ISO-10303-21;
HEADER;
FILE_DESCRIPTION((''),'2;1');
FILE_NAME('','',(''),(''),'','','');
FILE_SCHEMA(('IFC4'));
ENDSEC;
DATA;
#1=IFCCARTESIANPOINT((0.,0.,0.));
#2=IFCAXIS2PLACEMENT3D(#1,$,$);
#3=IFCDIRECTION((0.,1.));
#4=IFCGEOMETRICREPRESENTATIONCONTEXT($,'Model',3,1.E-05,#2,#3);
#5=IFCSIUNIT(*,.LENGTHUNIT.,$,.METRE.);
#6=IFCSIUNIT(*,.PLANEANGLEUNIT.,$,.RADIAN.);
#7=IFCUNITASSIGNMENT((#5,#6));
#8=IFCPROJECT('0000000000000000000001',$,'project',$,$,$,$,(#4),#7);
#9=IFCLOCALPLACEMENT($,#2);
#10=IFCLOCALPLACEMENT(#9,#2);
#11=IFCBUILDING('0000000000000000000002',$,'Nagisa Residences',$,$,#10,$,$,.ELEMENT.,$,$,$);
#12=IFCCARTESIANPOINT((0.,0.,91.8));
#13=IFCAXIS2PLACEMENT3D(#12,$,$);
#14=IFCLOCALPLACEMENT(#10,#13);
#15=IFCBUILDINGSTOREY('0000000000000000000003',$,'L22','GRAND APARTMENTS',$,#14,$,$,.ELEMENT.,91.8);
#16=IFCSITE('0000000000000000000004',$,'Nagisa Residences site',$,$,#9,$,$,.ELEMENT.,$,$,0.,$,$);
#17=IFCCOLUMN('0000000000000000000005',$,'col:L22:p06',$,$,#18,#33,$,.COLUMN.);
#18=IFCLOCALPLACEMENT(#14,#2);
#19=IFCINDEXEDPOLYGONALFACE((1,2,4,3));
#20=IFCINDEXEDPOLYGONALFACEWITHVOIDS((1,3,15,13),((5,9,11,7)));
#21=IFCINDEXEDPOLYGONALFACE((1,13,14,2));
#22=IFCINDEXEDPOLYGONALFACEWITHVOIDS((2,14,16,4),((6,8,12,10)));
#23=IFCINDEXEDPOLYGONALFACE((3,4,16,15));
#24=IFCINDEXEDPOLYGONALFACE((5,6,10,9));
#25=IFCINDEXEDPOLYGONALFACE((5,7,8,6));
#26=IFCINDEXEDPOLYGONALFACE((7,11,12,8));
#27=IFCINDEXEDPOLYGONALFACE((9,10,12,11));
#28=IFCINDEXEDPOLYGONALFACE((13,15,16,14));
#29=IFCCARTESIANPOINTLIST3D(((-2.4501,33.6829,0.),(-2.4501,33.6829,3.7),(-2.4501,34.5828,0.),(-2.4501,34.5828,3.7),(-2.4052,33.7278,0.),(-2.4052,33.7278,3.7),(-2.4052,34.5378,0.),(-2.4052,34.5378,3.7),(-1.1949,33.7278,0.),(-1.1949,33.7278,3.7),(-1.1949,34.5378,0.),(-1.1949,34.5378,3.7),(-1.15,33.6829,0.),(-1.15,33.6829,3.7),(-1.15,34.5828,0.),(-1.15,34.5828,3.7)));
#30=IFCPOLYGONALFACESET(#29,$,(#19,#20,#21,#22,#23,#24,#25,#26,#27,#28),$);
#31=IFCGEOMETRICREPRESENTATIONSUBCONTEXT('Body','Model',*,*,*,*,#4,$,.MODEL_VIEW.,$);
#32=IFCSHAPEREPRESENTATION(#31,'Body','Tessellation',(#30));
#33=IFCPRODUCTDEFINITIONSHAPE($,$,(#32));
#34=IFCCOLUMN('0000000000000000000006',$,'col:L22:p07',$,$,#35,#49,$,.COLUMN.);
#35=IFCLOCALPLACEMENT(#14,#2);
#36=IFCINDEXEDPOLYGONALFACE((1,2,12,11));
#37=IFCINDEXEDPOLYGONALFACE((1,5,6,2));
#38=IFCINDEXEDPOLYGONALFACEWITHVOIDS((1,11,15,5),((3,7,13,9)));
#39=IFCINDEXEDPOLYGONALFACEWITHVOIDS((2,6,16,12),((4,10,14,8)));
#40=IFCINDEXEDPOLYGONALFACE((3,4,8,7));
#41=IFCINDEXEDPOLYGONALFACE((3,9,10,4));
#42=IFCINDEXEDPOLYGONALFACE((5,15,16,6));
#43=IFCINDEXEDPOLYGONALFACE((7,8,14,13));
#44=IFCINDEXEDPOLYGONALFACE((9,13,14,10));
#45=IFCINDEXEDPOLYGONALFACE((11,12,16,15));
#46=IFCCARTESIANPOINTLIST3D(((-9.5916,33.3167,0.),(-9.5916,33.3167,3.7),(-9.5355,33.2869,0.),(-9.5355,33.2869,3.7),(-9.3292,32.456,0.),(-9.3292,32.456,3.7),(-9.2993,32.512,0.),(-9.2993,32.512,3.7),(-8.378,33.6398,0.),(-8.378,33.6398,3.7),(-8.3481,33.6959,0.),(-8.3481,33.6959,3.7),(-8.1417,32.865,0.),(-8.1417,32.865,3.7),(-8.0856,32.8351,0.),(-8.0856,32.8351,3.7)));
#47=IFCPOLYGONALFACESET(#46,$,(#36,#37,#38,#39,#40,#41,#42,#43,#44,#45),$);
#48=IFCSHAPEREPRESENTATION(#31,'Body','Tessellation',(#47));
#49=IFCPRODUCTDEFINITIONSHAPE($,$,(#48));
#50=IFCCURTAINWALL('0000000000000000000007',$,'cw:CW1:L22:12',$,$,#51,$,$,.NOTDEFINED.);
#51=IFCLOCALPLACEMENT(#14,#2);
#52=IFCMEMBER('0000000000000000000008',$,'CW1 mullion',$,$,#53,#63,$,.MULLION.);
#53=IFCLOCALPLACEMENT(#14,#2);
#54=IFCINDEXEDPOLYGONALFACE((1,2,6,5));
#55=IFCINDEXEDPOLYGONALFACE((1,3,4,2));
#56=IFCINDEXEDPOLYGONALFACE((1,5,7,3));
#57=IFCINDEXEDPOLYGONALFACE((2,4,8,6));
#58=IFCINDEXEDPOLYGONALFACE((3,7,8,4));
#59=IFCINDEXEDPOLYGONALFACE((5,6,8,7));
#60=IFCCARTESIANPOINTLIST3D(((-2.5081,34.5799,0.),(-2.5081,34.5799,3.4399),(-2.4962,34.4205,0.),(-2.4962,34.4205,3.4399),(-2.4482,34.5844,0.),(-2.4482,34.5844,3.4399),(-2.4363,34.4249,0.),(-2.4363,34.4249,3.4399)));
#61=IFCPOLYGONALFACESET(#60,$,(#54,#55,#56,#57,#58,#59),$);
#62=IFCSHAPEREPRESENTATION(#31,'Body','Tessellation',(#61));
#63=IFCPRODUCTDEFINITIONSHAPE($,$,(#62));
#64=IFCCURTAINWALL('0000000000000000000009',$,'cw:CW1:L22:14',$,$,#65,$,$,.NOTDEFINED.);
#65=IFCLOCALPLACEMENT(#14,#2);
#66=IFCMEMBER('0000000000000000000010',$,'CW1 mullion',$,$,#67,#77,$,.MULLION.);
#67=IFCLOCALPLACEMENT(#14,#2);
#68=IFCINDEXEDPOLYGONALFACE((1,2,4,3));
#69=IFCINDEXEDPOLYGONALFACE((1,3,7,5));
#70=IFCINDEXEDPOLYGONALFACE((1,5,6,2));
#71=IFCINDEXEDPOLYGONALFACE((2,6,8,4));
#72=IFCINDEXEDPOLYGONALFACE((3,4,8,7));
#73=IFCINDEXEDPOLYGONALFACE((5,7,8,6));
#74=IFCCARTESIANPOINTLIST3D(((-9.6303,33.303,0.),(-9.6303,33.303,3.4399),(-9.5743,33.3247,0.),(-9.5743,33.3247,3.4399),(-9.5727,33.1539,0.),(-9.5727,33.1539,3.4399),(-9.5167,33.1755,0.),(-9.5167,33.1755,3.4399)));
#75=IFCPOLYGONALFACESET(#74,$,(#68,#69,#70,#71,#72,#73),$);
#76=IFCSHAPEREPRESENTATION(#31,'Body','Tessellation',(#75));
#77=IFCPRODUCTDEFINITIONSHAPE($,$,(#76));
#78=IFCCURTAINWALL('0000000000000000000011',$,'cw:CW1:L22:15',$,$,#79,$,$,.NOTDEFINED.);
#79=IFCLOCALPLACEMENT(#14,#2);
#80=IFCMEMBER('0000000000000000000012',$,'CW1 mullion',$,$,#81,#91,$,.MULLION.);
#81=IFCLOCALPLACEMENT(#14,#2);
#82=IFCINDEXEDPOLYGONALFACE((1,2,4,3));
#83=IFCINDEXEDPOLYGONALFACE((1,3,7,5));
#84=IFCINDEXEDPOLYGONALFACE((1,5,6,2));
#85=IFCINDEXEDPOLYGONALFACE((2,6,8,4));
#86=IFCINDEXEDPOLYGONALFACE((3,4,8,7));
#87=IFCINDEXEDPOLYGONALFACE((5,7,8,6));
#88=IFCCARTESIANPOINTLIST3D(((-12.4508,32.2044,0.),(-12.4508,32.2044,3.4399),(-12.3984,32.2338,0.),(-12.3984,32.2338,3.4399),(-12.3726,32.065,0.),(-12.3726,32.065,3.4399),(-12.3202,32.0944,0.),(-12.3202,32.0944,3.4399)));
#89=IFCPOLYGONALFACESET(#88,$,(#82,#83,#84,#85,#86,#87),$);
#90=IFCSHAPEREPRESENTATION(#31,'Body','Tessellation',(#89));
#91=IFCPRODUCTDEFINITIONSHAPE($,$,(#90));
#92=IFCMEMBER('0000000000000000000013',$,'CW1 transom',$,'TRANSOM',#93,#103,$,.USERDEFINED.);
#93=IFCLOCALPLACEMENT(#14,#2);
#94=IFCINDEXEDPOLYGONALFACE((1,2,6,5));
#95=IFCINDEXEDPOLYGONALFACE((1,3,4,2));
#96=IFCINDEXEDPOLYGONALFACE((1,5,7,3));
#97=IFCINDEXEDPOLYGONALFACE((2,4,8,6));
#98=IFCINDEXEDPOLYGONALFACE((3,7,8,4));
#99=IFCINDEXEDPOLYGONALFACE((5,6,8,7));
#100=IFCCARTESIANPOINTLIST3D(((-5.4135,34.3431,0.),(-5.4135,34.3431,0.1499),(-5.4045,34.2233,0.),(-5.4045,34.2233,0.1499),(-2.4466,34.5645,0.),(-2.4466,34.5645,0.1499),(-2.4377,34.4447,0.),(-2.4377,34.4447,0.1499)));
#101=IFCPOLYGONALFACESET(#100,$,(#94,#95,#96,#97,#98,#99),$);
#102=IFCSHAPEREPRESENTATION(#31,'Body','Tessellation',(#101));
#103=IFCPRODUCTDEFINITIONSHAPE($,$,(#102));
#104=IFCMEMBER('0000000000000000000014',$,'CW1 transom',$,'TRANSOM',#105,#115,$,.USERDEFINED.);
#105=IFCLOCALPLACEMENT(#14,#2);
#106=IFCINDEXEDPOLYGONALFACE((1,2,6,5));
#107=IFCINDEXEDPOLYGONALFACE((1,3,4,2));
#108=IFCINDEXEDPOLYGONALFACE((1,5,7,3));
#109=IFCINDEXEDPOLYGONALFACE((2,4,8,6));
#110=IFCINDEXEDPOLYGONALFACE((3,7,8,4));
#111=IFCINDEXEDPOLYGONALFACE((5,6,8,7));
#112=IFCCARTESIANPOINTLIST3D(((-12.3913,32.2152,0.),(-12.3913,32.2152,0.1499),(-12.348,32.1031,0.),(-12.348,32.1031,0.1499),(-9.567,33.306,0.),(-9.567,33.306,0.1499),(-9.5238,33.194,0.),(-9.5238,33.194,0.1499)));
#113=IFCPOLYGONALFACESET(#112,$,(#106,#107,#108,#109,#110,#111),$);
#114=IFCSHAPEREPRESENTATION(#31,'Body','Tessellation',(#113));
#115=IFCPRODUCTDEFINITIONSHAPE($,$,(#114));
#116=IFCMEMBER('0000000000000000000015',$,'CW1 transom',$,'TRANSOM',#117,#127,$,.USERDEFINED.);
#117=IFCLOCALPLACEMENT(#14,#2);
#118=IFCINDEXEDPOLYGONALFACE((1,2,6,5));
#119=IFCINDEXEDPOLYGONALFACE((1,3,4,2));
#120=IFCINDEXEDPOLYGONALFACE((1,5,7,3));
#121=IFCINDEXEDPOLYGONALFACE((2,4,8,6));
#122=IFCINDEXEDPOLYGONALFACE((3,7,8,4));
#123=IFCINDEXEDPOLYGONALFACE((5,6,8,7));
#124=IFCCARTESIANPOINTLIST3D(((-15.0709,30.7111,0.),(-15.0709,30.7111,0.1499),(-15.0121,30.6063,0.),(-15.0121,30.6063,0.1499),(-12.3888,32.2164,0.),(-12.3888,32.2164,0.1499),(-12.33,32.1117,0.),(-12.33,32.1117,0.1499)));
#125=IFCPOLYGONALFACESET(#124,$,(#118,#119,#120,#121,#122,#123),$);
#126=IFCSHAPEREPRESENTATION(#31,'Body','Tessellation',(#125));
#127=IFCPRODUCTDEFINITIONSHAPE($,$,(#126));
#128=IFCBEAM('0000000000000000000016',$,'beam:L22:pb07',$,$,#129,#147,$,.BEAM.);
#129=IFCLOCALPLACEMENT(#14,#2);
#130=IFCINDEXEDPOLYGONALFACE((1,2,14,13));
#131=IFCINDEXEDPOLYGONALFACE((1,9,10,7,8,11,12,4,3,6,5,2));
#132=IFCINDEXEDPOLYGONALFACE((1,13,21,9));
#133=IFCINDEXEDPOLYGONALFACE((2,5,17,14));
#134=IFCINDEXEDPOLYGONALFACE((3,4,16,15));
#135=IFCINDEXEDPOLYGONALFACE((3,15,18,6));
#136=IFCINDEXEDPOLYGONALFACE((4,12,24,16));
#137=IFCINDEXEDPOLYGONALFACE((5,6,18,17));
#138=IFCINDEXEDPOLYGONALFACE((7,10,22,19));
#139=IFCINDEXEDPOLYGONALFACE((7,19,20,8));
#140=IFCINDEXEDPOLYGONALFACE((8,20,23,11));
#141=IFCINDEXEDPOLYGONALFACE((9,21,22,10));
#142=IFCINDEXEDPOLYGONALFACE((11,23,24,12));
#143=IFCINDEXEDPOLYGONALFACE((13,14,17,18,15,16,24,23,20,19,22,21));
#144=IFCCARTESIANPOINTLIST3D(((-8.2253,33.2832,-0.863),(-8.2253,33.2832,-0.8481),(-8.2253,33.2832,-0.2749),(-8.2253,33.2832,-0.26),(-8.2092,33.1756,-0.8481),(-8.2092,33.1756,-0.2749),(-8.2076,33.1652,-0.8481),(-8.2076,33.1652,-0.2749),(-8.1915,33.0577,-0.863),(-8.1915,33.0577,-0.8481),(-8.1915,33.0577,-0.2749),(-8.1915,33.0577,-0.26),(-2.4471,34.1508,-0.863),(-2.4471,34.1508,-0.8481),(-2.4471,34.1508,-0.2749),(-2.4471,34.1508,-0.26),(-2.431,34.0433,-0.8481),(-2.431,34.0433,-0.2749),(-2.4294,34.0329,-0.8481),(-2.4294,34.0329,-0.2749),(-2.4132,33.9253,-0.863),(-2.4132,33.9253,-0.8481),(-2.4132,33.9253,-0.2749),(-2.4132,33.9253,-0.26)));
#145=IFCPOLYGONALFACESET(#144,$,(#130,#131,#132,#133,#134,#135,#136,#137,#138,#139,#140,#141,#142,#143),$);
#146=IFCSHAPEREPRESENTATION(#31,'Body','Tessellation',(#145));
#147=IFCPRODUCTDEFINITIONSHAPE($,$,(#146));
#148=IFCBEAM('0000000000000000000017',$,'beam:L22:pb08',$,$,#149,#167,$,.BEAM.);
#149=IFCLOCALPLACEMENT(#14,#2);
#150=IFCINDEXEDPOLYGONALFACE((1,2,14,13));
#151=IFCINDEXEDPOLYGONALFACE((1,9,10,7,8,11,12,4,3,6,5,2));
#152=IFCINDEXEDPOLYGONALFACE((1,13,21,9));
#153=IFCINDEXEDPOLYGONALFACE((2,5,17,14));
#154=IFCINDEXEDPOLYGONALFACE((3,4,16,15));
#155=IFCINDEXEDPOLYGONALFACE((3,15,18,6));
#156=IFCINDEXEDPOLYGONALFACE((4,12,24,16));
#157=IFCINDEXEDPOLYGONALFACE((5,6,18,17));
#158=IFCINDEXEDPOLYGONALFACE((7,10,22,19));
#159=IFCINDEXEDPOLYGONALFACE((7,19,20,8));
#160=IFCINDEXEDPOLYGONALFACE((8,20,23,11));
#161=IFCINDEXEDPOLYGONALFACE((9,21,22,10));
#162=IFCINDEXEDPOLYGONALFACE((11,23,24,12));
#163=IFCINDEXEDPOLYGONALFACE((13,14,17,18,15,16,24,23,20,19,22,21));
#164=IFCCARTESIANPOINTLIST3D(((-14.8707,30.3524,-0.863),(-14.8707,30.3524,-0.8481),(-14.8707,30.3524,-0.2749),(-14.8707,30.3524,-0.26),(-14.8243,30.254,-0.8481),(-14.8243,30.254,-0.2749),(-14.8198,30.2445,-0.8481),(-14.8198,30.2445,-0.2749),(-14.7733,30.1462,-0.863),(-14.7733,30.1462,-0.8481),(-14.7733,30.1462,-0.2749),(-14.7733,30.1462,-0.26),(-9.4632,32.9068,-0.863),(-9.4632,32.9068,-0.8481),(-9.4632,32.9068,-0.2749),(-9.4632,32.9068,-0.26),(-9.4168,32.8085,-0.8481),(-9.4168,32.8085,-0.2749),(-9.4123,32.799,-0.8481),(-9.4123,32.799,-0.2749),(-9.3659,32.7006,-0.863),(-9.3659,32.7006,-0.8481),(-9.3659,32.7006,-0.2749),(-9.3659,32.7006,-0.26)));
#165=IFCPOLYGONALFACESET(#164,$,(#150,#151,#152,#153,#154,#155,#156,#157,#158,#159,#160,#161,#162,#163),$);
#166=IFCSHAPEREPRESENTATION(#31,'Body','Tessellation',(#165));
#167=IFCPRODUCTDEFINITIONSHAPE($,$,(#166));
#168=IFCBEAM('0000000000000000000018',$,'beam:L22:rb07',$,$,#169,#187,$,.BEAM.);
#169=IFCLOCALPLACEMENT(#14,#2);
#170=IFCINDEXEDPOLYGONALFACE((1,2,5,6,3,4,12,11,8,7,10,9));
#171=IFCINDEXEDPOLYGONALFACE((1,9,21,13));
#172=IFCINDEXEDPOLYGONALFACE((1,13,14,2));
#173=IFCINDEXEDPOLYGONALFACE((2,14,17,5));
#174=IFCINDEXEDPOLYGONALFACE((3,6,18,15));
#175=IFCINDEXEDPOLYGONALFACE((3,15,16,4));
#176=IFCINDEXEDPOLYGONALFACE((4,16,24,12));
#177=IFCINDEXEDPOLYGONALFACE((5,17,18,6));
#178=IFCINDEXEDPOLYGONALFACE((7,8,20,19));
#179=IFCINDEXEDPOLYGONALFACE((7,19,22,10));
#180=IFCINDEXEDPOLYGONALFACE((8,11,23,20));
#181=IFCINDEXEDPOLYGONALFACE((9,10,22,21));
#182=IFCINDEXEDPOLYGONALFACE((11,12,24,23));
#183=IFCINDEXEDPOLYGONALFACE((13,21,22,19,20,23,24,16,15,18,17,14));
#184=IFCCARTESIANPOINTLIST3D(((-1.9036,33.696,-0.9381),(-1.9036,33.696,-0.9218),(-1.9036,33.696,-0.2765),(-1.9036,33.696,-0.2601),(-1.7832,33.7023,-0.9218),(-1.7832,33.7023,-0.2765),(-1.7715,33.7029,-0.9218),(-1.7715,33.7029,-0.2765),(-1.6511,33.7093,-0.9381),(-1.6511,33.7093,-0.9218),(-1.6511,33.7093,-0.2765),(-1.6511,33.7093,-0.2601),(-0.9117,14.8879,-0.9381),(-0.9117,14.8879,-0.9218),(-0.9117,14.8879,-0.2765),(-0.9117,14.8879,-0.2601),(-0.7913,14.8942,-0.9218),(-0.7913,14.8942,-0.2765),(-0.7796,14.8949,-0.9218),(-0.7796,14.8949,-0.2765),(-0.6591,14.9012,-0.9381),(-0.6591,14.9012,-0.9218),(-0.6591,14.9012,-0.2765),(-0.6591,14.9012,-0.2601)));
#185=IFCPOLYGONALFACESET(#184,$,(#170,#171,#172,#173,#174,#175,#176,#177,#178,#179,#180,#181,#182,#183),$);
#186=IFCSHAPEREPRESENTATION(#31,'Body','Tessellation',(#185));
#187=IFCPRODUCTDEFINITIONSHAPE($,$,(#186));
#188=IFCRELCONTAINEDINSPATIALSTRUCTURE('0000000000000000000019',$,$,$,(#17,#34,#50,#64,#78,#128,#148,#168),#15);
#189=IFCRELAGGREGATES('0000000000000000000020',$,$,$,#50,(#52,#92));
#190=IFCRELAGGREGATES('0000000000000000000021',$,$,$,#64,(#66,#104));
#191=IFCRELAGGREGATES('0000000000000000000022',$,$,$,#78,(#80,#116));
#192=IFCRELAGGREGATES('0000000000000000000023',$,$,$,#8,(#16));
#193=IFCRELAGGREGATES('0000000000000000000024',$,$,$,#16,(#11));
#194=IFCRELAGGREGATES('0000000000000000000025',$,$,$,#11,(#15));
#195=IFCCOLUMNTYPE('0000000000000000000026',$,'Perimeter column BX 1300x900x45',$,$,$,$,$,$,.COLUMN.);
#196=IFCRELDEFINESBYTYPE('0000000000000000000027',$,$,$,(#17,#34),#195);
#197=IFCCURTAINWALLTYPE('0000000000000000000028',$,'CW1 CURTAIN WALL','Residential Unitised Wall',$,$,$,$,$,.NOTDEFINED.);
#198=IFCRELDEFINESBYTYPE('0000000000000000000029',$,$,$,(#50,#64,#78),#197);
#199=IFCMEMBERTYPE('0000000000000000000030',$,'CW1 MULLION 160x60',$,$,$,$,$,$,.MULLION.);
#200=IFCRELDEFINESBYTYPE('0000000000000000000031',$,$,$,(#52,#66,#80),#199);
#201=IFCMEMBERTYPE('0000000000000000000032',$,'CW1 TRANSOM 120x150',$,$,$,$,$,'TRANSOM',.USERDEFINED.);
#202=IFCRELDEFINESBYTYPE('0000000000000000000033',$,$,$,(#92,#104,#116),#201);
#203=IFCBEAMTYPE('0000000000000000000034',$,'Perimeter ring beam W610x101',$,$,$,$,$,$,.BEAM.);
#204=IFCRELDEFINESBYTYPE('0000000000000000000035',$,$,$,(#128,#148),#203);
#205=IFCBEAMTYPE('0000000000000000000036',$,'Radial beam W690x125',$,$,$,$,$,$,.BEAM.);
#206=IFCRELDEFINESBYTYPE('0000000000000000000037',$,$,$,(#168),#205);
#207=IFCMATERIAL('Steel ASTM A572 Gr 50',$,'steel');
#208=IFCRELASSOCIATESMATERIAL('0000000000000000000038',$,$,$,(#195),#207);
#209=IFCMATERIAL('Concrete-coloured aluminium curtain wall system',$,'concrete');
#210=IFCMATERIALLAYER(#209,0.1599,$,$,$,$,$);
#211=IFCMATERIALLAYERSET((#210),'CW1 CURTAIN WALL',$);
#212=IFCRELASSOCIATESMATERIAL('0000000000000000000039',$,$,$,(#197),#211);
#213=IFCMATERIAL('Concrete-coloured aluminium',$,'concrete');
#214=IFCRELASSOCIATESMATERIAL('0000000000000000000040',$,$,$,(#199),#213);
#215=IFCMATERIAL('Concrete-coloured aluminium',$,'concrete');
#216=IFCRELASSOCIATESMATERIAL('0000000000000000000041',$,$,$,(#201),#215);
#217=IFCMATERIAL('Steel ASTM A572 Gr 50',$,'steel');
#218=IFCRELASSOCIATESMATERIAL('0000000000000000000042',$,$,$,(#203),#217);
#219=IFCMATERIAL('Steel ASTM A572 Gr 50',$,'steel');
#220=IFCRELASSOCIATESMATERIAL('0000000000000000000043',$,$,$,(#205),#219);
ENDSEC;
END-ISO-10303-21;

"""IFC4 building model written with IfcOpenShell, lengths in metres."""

from ifc_helpers import new_model, si_unit, direction, frame, origin, origin_2d, place, context, subcontext, project, spatial, rectangle, hollow_rectangle, i_section, extrude, material, layer, layer_set, material_profile, profile_set, type_object, element, aggregate, save


model = new_model("IFC4")

# Units and contexts
model_context = context("Model", 3, precision=1e-05, world=origin(), true_north=direction((0.0, 1.0)))
body_context = subcontext(model_context, "Body", "Model", "MODEL_VIEW")
ifc_project = project(units=[si_unit("LENGTHUNIT", "METRE"), si_unit("PLANEANGLEUNIT", "RADIAN")], contexts=[model_context])

# Site, building, storey
site_placement = place(None, origin())
site = spatial("IfcSite", under=ifc_project, at=site_placement, Name="Nagisa Residences site", CompositionType="ELEMENT", RefElevation=0.0)
building_placement = place(site_placement, origin())
building = spatial("IfcBuilding", under=site, at=building_placement, Name="Nagisa Residences", CompositionType="ELEMENT")
storey_placement = place(building_placement, frame((0.0, 0.0, 91.8)))
storey = spatial("IfcBuildingStorey", under=building, at=storey_placement, Name="L22", Description="GRAND APARTMENTS", CompositionType="ELEMENT", Elevation=91.8)

# Columns
ifc_material_1 = material(Name="Steel ASTM A572 Gr 50", Category="steel")
ifc_material_profile_1 = material_profile(ifc_material_1, hollow_rectangle(XDim=1.3, YDim=0.8999, WallThickness=0.0449, at=origin_2d()), Name="BX 1300x900x45")
ifc_profile_set_1 = profile_set([ifc_material_profile_1], Name="Steel ASTM A572 Gr 50")
column_type = type_object("IfcColumnType", Name="Perimeter column BX 1300x900x45", PredefinedType="COLUMN", material=ifc_profile_set_1)
for number, where, z_axis, x_axis, name in (
    (1, (-1.8, 34.1328, 0.0), (0.0, 0.0, 1.0), (-1.0, 0.0, 0.0), "col:L22:p06"),
    (2, (-8.8386, 33.0759, 0.0), (0.0, 0.0, 1.0), (-0.956525, -0.291652, 0.0), "col:L22:p07"),
):
    element("IfcColumn", number, at=place(storey_placement, frame(where, z_axis=z_axis, x_axis=x_axis)), inside=storey, type_object=column_type, Name=name, PredefinedType="COLUMN", context=body_context, shape_type="SweptSolid", body=[
        extrude(hollow_rectangle(XDim=1.3, YDim=0.8999, WallThickness=0.0449, at=origin_2d()), origin(), (0.0, 0.0, 1.0), 3.7),
    ])

# Curtain walls, members
ifc_material_2 = material(Name="Concrete-coloured aluminium curtain wall system", Category="concrete")
ifc_layer_1 = layer(ifc_material_2, 0.1599)
ifc_layer_set_1 = layer_set([ifc_layer_1], Name="CW1 CURTAIN WALL")
curtain_wall_type = type_object("IfcCurtainWallType", Name="CW1 CURTAIN WALL", Description="Residential Unitised Wall", PredefinedType="NOTDEFINED", material=ifc_layer_set_1)
curtain_wall_1_placement = place(storey_placement, origin())
curtain_wall_1 = element("IfcCurtainWall", 3, at=curtain_wall_1_placement, inside=storey, type_object=curtain_wall_type, Name="cw:CW1:L22:12", PredefinedType="NOTDEFINED")
ifc_material_3 = material(Name="Concrete-coloured aluminium", Category="concrete")
ifc_material_profile_2 = material_profile(ifc_material_3, rectangle(XDim=0.1599, YDim=0.0601, at=origin_2d()), Name="CW1 MULLION 160x60")
ifc_profile_set_2 = profile_set([ifc_material_profile_2], Name="Concrete-coloured aluminium")
member_type_1 = type_object("IfcMemberType", Name="CW1 MULLION 160x60", PredefinedType="MULLION", material=ifc_profile_set_2)
member_1_placement = place(storey_placement, frame((-2.4722, 34.5024, 0.0), z_axis=(0.0, 0.0, 1.0), x_axis=(0.074377, -0.99723, 0.0)))
member_1 = element("IfcMember", 4, at=member_1_placement, type_object=member_type_1, Name="CW1 mullion", PredefinedType="MULLION", context=body_context, shape_type="SweptSolid", body=[
    extrude(rectangle(XDim=0.1599, YDim=0.0601, at=origin_2d()), origin(), (0.0, 0.0, 1.0), 3.4399),
])
curtain_wall_2_placement = place(storey_placement, origin())
curtain_wall_2 = element("IfcCurtainWall", 5, at=curtain_wall_2_placement, inside=storey, type_object=curtain_wall_type, Name="cw:CW1:L22:14", PredefinedType="NOTDEFINED")
member_2_placement = place(storey_placement, frame((-9.5735, 33.2393, 0.0), z_axis=(0.0, 0.0, 1.0), x_axis=(0.360328, -0.932826, 0.0)))
member_2 = element("IfcMember", 6, at=member_2_placement, type_object=member_type_1, Name="CW1 mullion", PredefinedType="MULLION", context=body_context, shape_type="SweptSolid", body=[
    extrude(rectangle(XDim=0.1599, YDim=0.0601, at=origin_2d()), origin(), (0.0, 0.0, 1.0), 3.4399),
])
curtain_wall_3_placement = place(storey_placement, origin())
curtain_wall_3 = element("IfcCurtainWall", 7, at=curtain_wall_3_placement, inside=storey, type_object=curtain_wall_type, Name="cw:CW1:L22:15", PredefinedType="NOTDEFINED")
member_3_placement = place(storey_placement, frame((-12.3855, 32.1494, 0.0), z_axis=(0.0, 0.0, 1.0), x_axis=(0.489377, -0.872072, 0.0)))
member_3 = element("IfcMember", 8, at=member_3_placement, type_object=member_type_1, Name="CW1 mullion", PredefinedType="MULLION", context=body_context, shape_type="SweptSolid", body=[
    extrude(rectangle(XDim=0.1599, YDim=0.0601, at=origin_2d()), origin(), (0.0, 0.0, 1.0), 3.4399),
])

# Members
ifc_material_4 = material(Name="Concrete-coloured aluminium", Category="concrete")
ifc_material_profile_3 = material_profile(ifc_material_4, rectangle(XDim=0.1201, YDim=0.1499, at=origin_2d()), Name="CW1 TRANSOM 120x150")
ifc_profile_set_3 = profile_set([ifc_material_profile_3], Name="Concrete-coloured aluminium")
member_type_2 = type_object("IfcMemberType", Name="CW1 TRANSOM 120x150", ElementType="TRANSOM", PredefinedType="USERDEFINED", material=ifc_profile_set_3)
member_4_placement = place(storey_placement, frame((-2.4421, 34.5046, 0.075), z_axis=(-0.997226, -0.074431, 0.0), x_axis=(0.074431, -0.997226, 0.0)))
member_4 = element("IfcMember", 9, at=member_4_placement, type_object=member_type_2, Name="CW1 transom", ObjectType="TRANSOM", PredefinedType="USERDEFINED", context=body_context, shape_type="SweptSolid", body=[
    extrude(rectangle(XDim=0.1201, YDim=0.1499, at=origin_2d()), origin(), (0.0, 0.0, 1.0), 2.9751),
])
member_5_placement = place(storey_placement, frame((-9.5454, 33.25, 0.075), z_axis=(-0.932838, -0.360297, 0.0), x_axis=(0.360297, -0.932838, 0.0)))
member_5 = element("IfcMember", 10, at=member_5_placement, type_object=member_type_2, Name="CW1 transom", ObjectType="TRANSOM", PredefinedType="USERDEFINED", context=body_context, shape_type="SweptSolid", body=[
    extrude(rectangle(XDim=0.1201, YDim=0.1499, at=origin_2d()), origin(), (0.0, 0.0, 1.0), 3.0276),
])
member_6_placement = place(storey_placement, frame((-12.3594, 32.1641, 0.075), z_axis=(-0.872037, -0.489439, 0.0), x_axis=(0.489439, -0.872037, 0.0)))
member_6 = element("IfcMember", 11, at=member_6_placement, type_object=member_type_2, Name="CW1 transom", ObjectType="TRANSOM", PredefinedType="USERDEFINED", context=body_context, shape_type="SweptSolid", body=[
    extrude(rectangle(XDim=0.1201, YDim=0.1499, at=origin_2d()), origin(), (0.0, 0.0, 1.0), 3.0757),
])

# Beams
ifc_material_5 = material(Name="Steel ASTM A572 Gr 50", Category="steel")
ifc_material_profile_4 = material_profile(ifc_material_5, i_section(OverallWidth=0.228, OverallDepth=0.603, WebThickness=0.0105, FlangeThickness=0.0149, at=origin_2d()), Name="W610x101")
ifc_profile_set_4 = profile_set([ifc_material_profile_4], Name="Steel ASTM A572 Gr 50")
beam_type_1 = type_object("IfcBeamType", Name="Perimeter ring beam W610x101", PredefinedType="BEAM", material=ifc_profile_set_4)
beam_1_placement = place(storey_placement, frame((-2.4302, 34.0381, -0.5615), z_axis=(-0.988913, -0.148496, 0.0), x_axis=(0.148496, -0.988913, 0.0)))
element("IfcBeam", 12, at=beam_1_placement, inside=storey, type_object=beam_type_1, Name="beam:L22:pb07", PredefinedType="BEAM", context=body_context, shape_type="SweptSolid", body=[
    extrude(i_section(OverallWidth=0.228, OverallDepth=0.603, WebThickness=0.0105, FlangeThickness=0.0149, at=origin_2d()), origin(), (0.0, 0.0, 1.0), 5.843),
])
beam_2_placement = place(storey_placement, frame((-9.4146, 32.8037, -0.5615), z_axis=(-0.90419, -0.427131, 0.0), x_axis=(0.427131, -0.90419, 0.0)))
element("IfcBeam", 13, at=beam_2_placement, inside=storey, type_object=beam_type_1, Name="beam:L22:pb08", PredefinedType="BEAM", context=body_context, shape_type="SweptSolid", body=[
    extrude(i_section(OverallWidth=0.228, OverallDepth=0.603, WebThickness=0.0105, FlangeThickness=0.0149, at=origin_2d()), origin(), (0.0, 0.0, 1.0), 5.9805),
])
ifc_material_6 = material(Name="Steel ASTM A572 Gr 50", Category="steel")
ifc_material_profile_5 = material_profile(ifc_material_6, i_section(OverallWidth=0.2529, OverallDepth=0.678, WebThickness=0.0117, FlangeThickness=0.0164, at=origin_2d()), Name="W690x125")
ifc_profile_set_5 = profile_set([ifc_material_profile_5], Name="Steel ASTM A572 Gr 50")
beam_type_2 = type_object("IfcBeamType", Name="Radial beam W690x125", PredefinedType="BEAM", material=ifc_profile_set_5)
beam_3_placement = place(storey_placement, frame((-1.7773, 33.7026, -0.5991), z_axis=(0.052667, -0.998612, 0.0), x_axis=(0.998612, 0.052667, 0.0)))
element("IfcBeam", 14, at=beam_3_placement, inside=storey, type_object=beam_type_2, Name="beam:L22:rb07", PredefinedType="BEAM", context=body_context, shape_type="SweptSolid", body=[
    extrude(i_section(OverallWidth=0.2529, OverallDepth=0.678, WebThickness=0.0117, FlangeThickness=0.0164, at=origin_2d()), origin(), (0.0, 0.0, 1.0), 18.8342),
])

aggregate(curtain_wall_1, [member_1, member_4])
aggregate(curtain_wall_2, [member_2, member_5])
aggregate(curtain_wall_3, [member_3, member_6])

save(model, "model.ifc")
